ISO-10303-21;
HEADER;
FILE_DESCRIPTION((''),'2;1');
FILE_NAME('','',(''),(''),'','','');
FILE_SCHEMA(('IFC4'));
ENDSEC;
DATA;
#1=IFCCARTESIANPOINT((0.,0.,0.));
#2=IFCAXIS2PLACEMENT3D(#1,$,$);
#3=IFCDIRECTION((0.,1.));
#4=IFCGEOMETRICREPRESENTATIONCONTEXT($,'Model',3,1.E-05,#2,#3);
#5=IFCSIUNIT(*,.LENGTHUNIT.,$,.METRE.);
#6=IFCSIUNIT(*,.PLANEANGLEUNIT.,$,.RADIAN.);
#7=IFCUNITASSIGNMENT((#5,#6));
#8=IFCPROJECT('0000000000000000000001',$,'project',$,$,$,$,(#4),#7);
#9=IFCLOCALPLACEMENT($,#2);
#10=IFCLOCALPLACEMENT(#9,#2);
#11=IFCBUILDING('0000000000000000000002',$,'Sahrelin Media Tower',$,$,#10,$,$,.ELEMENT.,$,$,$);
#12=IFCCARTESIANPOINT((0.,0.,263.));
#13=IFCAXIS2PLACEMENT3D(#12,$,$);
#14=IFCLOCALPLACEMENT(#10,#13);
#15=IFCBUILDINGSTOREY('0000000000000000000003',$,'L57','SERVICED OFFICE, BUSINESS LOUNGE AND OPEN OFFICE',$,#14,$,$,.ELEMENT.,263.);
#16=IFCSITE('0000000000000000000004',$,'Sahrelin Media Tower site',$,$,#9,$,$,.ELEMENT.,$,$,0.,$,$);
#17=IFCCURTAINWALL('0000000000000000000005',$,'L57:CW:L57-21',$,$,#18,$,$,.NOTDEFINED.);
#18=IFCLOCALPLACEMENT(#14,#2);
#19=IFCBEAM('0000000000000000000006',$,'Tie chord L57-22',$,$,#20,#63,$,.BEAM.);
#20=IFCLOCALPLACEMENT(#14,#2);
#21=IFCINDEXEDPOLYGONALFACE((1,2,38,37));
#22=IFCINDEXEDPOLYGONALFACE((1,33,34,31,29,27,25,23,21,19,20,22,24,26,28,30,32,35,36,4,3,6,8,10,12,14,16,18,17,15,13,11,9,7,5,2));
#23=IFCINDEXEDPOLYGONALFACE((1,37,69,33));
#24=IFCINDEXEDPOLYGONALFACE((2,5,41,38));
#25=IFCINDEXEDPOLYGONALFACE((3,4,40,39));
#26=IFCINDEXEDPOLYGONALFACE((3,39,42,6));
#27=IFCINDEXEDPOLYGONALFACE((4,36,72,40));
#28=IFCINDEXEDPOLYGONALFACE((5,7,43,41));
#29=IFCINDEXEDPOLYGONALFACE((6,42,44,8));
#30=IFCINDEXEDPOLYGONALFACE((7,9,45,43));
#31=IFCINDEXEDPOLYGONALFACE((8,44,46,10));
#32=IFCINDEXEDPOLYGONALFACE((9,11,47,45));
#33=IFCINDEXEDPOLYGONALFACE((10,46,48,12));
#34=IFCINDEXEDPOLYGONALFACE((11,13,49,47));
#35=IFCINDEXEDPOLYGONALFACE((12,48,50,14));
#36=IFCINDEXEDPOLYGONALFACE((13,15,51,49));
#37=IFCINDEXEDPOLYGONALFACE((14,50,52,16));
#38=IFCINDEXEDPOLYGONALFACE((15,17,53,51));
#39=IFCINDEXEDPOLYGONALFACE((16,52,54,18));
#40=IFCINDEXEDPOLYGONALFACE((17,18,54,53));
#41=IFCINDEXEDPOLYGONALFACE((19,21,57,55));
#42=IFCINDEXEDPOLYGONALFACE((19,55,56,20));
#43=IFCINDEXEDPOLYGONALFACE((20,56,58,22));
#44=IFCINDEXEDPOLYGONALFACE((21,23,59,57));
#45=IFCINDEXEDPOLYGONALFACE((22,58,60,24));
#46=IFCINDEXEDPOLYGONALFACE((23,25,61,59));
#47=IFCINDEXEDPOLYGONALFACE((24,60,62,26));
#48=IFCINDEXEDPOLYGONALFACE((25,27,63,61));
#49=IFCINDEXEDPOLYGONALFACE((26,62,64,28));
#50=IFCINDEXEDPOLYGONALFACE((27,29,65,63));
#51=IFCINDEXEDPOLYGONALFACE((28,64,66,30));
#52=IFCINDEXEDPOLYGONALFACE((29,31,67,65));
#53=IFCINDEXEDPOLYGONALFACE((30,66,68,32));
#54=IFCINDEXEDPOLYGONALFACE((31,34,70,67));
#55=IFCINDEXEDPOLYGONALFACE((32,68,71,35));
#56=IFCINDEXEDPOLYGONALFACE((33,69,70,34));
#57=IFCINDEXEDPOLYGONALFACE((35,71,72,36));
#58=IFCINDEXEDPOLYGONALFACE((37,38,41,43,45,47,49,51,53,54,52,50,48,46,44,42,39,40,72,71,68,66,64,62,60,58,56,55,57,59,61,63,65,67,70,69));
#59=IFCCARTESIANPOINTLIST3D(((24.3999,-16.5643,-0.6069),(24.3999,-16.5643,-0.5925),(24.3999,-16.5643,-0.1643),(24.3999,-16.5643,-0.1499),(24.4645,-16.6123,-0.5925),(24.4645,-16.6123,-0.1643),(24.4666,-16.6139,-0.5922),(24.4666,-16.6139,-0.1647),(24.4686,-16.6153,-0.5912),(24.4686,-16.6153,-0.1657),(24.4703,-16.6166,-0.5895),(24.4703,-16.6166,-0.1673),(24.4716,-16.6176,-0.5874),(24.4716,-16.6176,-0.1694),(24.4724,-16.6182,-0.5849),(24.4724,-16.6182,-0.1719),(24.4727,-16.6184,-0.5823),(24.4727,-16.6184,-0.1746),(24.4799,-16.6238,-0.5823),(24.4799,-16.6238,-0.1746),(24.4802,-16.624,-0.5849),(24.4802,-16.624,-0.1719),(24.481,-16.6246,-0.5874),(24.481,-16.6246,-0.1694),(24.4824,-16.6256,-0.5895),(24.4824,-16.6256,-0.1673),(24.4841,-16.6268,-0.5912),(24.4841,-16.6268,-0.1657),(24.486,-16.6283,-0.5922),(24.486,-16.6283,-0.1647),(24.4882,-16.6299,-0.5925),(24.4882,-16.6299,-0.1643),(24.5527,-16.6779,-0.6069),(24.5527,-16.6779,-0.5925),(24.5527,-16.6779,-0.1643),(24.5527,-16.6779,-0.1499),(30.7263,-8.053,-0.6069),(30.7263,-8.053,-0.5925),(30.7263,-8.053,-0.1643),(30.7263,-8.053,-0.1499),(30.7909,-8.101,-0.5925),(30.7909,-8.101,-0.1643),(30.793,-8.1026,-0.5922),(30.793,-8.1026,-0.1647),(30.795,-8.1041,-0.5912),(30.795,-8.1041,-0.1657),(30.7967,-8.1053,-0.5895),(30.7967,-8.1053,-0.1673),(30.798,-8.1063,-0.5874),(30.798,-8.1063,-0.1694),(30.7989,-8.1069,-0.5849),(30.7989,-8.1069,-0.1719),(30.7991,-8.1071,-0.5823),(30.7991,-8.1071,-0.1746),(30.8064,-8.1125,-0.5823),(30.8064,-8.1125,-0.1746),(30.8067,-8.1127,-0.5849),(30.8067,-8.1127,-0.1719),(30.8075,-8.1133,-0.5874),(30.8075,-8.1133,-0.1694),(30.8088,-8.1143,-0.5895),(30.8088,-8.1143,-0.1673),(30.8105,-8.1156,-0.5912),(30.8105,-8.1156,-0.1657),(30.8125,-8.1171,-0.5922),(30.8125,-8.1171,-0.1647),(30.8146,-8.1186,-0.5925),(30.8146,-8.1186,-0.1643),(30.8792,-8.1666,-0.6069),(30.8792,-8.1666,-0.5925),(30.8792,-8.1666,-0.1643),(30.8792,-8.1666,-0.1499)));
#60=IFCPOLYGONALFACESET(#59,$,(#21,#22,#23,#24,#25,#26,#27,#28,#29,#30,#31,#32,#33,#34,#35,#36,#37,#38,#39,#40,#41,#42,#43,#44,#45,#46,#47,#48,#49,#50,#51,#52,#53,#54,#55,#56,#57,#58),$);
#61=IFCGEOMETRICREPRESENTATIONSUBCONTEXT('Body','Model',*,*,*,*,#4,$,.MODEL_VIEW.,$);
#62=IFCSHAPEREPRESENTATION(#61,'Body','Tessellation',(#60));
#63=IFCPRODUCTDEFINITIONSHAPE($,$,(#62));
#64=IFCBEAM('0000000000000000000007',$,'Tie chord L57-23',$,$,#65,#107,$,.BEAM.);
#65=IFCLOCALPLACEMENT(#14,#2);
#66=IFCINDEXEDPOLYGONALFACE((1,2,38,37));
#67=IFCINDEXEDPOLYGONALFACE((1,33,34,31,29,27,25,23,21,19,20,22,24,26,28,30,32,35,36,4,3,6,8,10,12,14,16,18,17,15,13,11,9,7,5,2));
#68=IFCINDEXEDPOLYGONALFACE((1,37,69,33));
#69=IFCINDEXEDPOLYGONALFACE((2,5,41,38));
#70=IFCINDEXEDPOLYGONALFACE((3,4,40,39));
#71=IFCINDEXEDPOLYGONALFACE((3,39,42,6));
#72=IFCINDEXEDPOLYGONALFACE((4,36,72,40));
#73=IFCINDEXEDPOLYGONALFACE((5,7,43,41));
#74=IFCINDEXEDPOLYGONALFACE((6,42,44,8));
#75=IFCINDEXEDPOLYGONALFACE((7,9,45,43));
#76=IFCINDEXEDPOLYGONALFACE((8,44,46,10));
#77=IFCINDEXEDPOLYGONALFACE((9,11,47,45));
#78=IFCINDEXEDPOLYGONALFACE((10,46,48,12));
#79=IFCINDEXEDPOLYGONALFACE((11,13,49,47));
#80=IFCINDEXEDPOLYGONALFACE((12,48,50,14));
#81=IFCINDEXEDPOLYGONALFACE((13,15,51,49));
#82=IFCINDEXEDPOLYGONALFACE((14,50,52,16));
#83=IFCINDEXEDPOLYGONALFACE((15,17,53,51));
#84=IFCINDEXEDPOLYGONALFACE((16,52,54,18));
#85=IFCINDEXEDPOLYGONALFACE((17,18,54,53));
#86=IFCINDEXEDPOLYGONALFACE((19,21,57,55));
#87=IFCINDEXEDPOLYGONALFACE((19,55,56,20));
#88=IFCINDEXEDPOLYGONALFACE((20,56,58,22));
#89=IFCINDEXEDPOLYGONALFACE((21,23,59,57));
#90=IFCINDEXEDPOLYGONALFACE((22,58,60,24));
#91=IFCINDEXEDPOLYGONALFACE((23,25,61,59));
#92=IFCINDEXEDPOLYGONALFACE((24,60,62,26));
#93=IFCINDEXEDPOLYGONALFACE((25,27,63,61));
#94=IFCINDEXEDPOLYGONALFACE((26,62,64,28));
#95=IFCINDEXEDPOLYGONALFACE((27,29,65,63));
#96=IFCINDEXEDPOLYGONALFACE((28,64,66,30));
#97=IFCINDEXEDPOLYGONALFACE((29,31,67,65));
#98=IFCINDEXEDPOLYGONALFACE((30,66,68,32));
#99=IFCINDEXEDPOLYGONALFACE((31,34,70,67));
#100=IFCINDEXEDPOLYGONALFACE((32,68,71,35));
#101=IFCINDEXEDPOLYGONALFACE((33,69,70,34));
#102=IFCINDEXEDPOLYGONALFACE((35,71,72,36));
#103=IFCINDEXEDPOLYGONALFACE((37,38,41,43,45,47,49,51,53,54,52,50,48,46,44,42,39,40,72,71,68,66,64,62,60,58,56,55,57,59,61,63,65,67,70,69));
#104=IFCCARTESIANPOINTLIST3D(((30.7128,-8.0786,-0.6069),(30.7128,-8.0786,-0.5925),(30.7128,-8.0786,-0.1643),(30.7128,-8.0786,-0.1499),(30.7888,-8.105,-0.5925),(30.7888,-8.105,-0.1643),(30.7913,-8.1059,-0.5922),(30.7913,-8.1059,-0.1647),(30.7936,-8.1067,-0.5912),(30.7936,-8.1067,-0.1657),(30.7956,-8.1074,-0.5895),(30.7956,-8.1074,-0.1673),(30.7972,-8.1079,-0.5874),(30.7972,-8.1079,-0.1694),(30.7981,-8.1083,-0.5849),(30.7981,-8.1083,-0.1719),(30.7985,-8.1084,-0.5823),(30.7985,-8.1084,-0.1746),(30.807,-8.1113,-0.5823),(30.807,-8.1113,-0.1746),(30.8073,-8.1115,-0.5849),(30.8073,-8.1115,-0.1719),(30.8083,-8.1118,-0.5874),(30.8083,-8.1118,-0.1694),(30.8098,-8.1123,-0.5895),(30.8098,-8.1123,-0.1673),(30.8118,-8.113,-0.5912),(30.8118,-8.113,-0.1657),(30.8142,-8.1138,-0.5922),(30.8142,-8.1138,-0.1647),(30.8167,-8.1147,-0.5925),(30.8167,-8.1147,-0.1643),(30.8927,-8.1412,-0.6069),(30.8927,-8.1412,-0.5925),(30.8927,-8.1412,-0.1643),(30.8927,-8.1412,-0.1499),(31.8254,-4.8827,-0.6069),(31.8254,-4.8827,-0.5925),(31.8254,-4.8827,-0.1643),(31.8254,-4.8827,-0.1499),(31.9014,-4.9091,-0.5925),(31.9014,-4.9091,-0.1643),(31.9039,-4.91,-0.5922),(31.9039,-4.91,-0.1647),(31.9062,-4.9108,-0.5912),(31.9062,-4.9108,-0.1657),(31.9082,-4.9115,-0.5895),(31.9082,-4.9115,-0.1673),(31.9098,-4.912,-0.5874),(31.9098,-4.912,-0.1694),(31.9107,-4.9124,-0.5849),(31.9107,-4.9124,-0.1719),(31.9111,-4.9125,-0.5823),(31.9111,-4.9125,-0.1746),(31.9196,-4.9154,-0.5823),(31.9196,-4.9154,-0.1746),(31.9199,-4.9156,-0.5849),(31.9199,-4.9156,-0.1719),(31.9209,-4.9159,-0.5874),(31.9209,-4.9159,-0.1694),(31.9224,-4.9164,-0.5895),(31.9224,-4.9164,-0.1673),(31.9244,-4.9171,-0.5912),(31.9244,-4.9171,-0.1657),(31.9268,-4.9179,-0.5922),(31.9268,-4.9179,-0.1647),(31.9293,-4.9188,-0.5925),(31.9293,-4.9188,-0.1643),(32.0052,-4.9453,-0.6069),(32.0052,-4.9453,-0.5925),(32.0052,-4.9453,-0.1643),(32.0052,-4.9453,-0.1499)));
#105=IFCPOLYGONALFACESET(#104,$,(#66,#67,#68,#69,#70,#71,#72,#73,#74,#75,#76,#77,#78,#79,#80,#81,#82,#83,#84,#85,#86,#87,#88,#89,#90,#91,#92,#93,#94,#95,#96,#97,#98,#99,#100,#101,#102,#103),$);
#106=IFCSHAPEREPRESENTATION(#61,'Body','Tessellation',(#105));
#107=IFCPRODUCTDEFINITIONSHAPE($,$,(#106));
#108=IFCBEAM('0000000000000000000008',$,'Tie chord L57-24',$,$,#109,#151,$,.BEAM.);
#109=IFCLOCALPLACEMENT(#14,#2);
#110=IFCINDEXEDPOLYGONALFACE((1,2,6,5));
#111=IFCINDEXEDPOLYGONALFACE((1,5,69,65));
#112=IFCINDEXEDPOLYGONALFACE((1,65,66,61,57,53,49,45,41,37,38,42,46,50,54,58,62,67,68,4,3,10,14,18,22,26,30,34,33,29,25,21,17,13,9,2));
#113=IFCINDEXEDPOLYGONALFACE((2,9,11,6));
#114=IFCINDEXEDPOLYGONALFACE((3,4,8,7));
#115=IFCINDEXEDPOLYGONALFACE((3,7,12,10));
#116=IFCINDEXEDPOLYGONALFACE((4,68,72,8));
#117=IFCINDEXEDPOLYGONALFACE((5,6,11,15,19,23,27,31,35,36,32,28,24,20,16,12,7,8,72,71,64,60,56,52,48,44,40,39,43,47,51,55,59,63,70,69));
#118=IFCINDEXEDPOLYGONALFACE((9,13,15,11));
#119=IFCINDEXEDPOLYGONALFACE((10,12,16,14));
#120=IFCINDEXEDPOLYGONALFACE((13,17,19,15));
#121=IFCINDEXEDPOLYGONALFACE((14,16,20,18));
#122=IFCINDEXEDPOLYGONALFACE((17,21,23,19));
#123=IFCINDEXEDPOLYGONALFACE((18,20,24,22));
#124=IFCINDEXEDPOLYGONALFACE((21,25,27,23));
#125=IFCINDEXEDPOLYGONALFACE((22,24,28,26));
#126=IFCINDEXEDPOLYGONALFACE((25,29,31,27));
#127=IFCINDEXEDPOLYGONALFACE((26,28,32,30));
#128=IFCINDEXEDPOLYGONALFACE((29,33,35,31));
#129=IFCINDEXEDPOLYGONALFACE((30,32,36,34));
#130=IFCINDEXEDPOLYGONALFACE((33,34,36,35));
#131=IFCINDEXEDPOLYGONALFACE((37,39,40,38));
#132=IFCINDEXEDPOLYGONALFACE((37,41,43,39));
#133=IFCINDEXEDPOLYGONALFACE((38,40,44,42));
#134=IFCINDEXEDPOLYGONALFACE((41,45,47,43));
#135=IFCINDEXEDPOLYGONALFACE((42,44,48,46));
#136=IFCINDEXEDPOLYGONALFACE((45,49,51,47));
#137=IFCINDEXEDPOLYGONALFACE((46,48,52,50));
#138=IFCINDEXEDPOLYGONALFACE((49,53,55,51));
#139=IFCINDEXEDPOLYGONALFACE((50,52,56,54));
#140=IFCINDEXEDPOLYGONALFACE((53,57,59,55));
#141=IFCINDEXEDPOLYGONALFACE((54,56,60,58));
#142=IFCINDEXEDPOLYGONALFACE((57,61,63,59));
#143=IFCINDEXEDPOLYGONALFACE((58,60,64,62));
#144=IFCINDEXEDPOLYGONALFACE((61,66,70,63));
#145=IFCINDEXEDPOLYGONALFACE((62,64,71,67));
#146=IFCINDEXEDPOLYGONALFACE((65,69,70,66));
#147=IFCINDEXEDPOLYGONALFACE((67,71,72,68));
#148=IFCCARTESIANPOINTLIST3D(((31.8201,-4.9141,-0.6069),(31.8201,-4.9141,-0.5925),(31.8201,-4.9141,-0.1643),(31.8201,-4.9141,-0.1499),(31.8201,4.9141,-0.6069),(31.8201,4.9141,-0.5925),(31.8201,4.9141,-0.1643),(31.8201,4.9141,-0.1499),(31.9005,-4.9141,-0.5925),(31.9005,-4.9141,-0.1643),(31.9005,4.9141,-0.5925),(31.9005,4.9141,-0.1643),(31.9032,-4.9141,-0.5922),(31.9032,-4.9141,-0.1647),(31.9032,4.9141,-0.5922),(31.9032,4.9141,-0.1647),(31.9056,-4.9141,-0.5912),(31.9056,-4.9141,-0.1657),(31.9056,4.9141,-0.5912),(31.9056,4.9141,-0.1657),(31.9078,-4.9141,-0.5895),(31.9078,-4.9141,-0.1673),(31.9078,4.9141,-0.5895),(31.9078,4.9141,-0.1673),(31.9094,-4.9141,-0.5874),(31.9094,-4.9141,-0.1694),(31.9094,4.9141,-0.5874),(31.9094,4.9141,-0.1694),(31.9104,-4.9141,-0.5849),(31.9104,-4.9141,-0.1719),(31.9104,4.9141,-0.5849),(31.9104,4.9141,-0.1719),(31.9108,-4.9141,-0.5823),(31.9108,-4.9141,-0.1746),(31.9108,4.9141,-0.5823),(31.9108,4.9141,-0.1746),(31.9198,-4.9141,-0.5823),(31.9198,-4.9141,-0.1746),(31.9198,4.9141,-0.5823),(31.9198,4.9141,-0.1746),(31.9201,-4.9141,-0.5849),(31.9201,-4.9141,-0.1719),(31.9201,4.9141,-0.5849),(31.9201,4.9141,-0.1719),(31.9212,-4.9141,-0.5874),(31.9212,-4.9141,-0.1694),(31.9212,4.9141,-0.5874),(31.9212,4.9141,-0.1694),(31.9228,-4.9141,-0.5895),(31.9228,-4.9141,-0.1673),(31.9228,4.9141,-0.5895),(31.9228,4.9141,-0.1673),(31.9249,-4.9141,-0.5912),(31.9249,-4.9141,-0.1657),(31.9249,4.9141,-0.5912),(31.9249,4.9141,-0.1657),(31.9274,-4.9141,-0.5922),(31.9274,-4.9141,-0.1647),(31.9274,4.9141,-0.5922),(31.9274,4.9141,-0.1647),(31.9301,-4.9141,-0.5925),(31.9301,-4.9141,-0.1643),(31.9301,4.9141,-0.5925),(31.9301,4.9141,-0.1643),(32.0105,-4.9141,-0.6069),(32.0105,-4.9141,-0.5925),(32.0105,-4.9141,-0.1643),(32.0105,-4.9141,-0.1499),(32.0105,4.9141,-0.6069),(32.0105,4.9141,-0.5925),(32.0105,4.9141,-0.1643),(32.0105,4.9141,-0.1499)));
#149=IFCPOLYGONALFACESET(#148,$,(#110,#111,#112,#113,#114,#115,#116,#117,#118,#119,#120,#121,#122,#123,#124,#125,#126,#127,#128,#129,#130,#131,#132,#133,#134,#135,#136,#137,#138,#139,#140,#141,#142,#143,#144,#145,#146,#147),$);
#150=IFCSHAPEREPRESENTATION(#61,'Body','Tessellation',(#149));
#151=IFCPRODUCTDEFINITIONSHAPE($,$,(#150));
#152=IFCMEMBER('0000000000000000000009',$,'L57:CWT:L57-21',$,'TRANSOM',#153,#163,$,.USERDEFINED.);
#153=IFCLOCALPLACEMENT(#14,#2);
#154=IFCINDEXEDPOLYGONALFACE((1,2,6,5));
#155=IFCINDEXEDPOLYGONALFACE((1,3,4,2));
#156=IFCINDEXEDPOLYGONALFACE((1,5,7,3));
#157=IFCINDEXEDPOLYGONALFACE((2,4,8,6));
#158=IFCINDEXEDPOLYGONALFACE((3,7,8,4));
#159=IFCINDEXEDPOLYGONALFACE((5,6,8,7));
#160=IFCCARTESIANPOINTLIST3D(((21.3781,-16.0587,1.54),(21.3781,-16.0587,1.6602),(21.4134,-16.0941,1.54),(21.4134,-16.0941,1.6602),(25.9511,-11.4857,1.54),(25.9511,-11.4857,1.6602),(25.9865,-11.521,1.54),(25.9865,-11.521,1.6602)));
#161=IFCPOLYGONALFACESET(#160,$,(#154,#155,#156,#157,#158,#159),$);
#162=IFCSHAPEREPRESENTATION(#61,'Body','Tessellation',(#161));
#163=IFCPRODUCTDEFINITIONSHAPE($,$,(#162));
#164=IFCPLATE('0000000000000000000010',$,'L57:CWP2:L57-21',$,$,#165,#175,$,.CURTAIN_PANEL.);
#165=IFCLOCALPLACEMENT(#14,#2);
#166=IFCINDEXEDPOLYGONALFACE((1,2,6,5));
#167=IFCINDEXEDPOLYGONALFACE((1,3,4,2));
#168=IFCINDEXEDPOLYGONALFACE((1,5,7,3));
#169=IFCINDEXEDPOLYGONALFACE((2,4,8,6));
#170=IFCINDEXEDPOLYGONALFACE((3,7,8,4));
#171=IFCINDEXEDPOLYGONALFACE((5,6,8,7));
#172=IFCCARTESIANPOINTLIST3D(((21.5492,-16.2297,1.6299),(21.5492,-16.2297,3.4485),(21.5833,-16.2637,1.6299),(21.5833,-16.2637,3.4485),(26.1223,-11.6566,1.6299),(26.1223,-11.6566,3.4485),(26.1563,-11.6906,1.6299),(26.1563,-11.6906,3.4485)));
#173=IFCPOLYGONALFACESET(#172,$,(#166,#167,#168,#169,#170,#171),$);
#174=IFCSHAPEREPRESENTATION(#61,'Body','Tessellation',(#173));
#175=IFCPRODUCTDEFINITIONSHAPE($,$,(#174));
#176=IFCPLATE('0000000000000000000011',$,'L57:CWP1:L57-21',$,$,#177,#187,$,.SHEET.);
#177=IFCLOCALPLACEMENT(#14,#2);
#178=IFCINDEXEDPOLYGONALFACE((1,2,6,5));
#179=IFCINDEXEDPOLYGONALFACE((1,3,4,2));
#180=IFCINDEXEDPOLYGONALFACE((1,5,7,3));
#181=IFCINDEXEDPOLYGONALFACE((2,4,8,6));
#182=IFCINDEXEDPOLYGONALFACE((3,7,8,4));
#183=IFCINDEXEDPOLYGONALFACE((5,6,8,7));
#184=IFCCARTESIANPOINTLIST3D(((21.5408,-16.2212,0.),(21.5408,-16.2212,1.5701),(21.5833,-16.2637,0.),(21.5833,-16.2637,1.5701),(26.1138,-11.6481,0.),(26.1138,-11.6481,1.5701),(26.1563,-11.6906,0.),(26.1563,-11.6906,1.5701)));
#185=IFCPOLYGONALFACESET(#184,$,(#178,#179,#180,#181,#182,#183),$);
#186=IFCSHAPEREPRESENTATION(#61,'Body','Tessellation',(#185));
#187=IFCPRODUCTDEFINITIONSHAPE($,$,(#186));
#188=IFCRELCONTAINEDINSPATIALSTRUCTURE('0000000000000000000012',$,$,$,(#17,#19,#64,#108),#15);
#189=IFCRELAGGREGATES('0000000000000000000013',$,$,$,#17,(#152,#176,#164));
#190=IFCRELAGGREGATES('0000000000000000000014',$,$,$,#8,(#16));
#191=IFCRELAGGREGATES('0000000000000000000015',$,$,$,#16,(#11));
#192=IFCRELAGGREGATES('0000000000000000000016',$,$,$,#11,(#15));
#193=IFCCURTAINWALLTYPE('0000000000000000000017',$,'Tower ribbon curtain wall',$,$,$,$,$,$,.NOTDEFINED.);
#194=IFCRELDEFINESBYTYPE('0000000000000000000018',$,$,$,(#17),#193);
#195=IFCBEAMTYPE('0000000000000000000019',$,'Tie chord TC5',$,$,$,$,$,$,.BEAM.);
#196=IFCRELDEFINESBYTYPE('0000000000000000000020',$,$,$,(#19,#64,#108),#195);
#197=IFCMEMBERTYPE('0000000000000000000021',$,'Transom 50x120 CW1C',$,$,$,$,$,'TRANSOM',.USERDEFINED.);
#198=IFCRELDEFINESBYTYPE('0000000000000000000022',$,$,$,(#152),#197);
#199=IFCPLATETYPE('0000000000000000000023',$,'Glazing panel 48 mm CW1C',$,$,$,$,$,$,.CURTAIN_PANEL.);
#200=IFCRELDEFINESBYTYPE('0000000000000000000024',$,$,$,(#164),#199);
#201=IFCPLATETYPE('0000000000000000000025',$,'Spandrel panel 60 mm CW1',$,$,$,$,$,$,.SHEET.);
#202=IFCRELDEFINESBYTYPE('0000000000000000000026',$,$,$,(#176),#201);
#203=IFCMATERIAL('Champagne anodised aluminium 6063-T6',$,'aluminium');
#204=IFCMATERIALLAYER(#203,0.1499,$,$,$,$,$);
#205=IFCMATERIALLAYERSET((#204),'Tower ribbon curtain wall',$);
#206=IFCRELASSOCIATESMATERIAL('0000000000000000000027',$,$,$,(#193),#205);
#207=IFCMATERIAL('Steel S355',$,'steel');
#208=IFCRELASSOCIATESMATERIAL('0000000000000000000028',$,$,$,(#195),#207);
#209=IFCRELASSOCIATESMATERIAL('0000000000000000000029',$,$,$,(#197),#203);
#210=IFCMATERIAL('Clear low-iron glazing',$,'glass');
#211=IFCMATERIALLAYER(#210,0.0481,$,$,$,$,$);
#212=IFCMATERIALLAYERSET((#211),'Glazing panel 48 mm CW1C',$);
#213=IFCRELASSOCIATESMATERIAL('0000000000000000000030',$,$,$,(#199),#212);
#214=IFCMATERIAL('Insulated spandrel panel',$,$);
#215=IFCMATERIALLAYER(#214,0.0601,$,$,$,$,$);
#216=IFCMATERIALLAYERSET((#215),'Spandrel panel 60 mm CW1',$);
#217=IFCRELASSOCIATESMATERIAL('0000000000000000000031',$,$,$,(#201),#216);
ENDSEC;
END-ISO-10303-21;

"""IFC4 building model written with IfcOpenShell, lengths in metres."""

from ifc_helpers import new_model, si_unit, direction, frame, origin, origin_2d, place, context, subcontext, project, spatial, polyline, rectangle, i_section, outline, extrude, material, layer, layer_set, material_profile, profile_set, type_object, element, aggregate, save


model = new_model("IFC4")

# Units and contexts
model_context = context("Model", 3, precision=1e-05, world=origin(), true_north=direction((0.0, 1.0)))
body_context = subcontext(model_context, "Body", "Model", "MODEL_VIEW")
ifc_project = project(units=[si_unit("LENGTHUNIT", "METRE"), si_unit("PLANEANGLEUNIT", "RADIAN")], contexts=[model_context])

# Site, building, storey
site_placement = place(None, origin())
site = spatial("IfcSite", under=ifc_project, at=site_placement, Name="Sahrelin Media Tower site", CompositionType="ELEMENT", RefElevation=0.0)
building_placement = place(site_placement, origin())
building = spatial("IfcBuilding", under=site, at=building_placement, Name="Sahrelin Media Tower", CompositionType="ELEMENT")
storey_placement = place(building_placement, frame((0.0, 0.0, 263.0)))
storey = spatial("IfcBuildingStorey", under=building, at=storey_placement, Name="L57", Description="SERVICED OFFICE, BUSINESS LOUNGE AND OPEN OFFICE", CompositionType="ELEMENT", Elevation=263.0)

# Shared definitions
ifc_material_1 = material(Name="Steel S355", Category="steel")

# Curtain wall
ifc_material_2 = material(Name="Champagne anodised aluminium 6063-T6", Category="aluminium")
ifc_layer_1 = layer(ifc_material_2, 0.1499)
ifc_layer_set_1 = layer_set([ifc_layer_1], Name="Tower ribbon curtain wall")
curtain_wall_type = type_object("IfcCurtainWallType", Name="Tower ribbon curtain wall", PredefinedType="NOTDEFINED", material=ifc_layer_set_1)
curtain_wall_placement = place(storey_placement, frame((23.8557, -13.9631, 0.0), z_axis=(0.0, 0.0, 1.0), x_axis=(1.0, 0.0, 0.0)))
curtain_wall = element("IfcCurtainWall", 1, at=curtain_wall_placement, inside=storey, type_object=curtain_wall_type, Name="L57:CW:L57-21", PredefinedType="NOTDEFINED")

# Beams
ifc_material_profile_1 = material_profile(ifc_material_1, i_section(OverallWidth=0.1904, OverallDepth=0.457, WebThickness=0.009, FlangeThickness=0.0144, FilletRadius=0.0103, at=origin_2d()), Name="UB 457x191x74")
ifc_profile_set_1 = profile_set([ifc_material_profile_1], Name="Steel S355")
beam_type_1 = type_object("IfcBeamType", Name="Tie chord TC5", PredefinedType="BEAM", material=ifc_profile_set_1)
beam_1_placement = place(storey_placement, frame((24.4763, -16.6211, -0.3784), z_axis=(0.596554, 0.802573, 0.0), x_axis=(-0.802573, 0.596554, 0.0)))
element("IfcBeam", 2, at=beam_1_placement, inside=storey, type_object=beam_type_1, Name="Tie chord L57-22", PredefinedType="BEAM", context=body_context, shape_type="SweptSolid", body=[
    extrude(i_section(OverallWidth=0.1904, OverallDepth=0.457, WebThickness=0.009, FlangeThickness=0.0144, FilletRadius=0.0103, at=origin_2d()), origin(), (0.0, 0.0, 1.0), 10.605),
])
beam_2_placement = place(storey_placement, frame((30.8027, -8.1099, -0.3784), z_axis=(0.328775, 0.944408, 0.0), x_axis=(-0.944408, 0.328775, 0.0)))
element("IfcBeam", 3, at=beam_2_placement, inside=storey, type_object=beam_type_1, Name="Tie chord L57-23", PredefinedType="BEAM", context=body_context, shape_type="SweptSolid", body=[
    extrude(i_section(OverallWidth=0.1904, OverallDepth=0.457, WebThickness=0.009, FlangeThickness=0.0144, FilletRadius=0.0103, at=origin_2d()), origin(), (0.0, 0.0, 1.0), 3.384),
])
beam_3_placement = place(storey_placement, frame((31.9153, -4.9141, -0.3784), z_axis=(0.0, 1.0, 0.0), x_axis=(-1.0, 0.0, 0.0)))
element("IfcBeam", 4, at=beam_3_placement, inside=storey, type_object=beam_type_1, Name="Tie chord L57-24", PredefinedType="BEAM", context=body_context, shape_type="SweptSolid", body=[
    extrude(i_section(OverallWidth=0.1904, OverallDepth=0.457, WebThickness=0.009, FlangeThickness=0.0144, FilletRadius=0.0103, at=origin_2d()), origin(), (0.0, 0.0, 1.0), 9.8281),
])

# Member
ifc_material_profile_2 = material_profile(ifc_material_2, rectangle(XDim=0.05, YDim=0.1201, at=origin_2d()), Name="Transom 50x120")
ifc_profile_set_2 = profile_set([ifc_material_profile_2], Name="Champagne anodised aluminium 6063-T6")
member_type_1 = type_object("IfcMemberType", Name="Transom 50x120 CW1C", ElementType="TRANSOM", PredefinedType="USERDEFINED", material=ifc_profile_set_2)
member_1_placement = place(storey_placement, frame((21.3958, -16.0764, 1.6001), z_axis=(0.707107, 0.707107, 0.0), x_axis=(-0.707107, 0.707107, 0.0)))
member_1 = element("IfcMember", 5, at=member_1_placement, type_object=member_type_1, Name="L57:CWT:L57-21", ObjectType="TRANSOM", PredefinedType="USERDEFINED", context=body_context, shape_type="SweptSolid", body=[
    extrude(rectangle(XDim=0.05, YDim=0.1201, at=origin_2d()), origin(), (0.0, 0.0, 1.0), 6.4673),
])

# Plates
ifc_material_3 = material(Name="Clear low-iron glazing", Category="glass")
ifc_layer_2 = layer(ifc_material_3, 0.0481)
ifc_layer_set_2 = layer_set([ifc_layer_2], Name="Glazing panel 48 mm CW1C")
plate_type_1 = type_object("IfcPlateType", Name="Glazing panel 48 mm CW1C", PredefinedType="CURTAIN_PANEL", material=ifc_layer_set_2)
plate_1_placement = place(storey_placement, frame((21.5833, -16.2637, 1.6299), z_axis=(0.707107, -0.707107, 0.0), x_axis=(0.707107, 0.707107, 0.0)))
plate_1 = element("IfcPlate", 6, at=plate_1_placement, type_object=plate_type_1, Name="L57:CWP2:L57-21", PredefinedType="CURTAIN_PANEL", context=body_context, shape_type="SweptSolid", body=[
    extrude(outline(polyline([(0.0, 0.0), (6.4673, 0.0), (6.4673, 1.8186), (0.0, 1.8186), (0.0, 0.0)])), origin(), (0.0, 0.0, -1.0), 0.0481),
])
ifc_material_4 = material(Name="Insulated spandrel panel")
ifc_layer_3 = layer(ifc_material_4, 0.0601)
ifc_layer_set_3 = layer_set([ifc_layer_3], Name="Spandrel panel 60 mm CW1")
plate_type_2 = type_object("IfcPlateType", Name="Spandrel panel 60 mm CW1", PredefinedType="SHEET", material=ifc_layer_set_3)
plate_2_placement = place(storey_placement, frame((21.5833, -16.2637, 0.0), z_axis=(0.707107, -0.707107, 0.0), x_axis=(0.707107, 0.707107, 0.0)))
plate_2 = element("IfcPlate", 7, at=plate_2_placement, type_object=plate_type_2, Name="L57:CWP1:L57-21", PredefinedType="SHEET", context=body_context, shape_type="SweptSolid", body=[
    extrude(outline(polyline([(0.0, 0.0), (6.4673, 0.0), (6.4673, 1.5701), (0.0, 1.5701), (0.0, 0.0)])), origin(), (0.0, 0.0, -1.0), 0.0601),
])
aggregate(curtain_wall, [member_1, plate_2, plate_1])

save(model, "model.ifc")
